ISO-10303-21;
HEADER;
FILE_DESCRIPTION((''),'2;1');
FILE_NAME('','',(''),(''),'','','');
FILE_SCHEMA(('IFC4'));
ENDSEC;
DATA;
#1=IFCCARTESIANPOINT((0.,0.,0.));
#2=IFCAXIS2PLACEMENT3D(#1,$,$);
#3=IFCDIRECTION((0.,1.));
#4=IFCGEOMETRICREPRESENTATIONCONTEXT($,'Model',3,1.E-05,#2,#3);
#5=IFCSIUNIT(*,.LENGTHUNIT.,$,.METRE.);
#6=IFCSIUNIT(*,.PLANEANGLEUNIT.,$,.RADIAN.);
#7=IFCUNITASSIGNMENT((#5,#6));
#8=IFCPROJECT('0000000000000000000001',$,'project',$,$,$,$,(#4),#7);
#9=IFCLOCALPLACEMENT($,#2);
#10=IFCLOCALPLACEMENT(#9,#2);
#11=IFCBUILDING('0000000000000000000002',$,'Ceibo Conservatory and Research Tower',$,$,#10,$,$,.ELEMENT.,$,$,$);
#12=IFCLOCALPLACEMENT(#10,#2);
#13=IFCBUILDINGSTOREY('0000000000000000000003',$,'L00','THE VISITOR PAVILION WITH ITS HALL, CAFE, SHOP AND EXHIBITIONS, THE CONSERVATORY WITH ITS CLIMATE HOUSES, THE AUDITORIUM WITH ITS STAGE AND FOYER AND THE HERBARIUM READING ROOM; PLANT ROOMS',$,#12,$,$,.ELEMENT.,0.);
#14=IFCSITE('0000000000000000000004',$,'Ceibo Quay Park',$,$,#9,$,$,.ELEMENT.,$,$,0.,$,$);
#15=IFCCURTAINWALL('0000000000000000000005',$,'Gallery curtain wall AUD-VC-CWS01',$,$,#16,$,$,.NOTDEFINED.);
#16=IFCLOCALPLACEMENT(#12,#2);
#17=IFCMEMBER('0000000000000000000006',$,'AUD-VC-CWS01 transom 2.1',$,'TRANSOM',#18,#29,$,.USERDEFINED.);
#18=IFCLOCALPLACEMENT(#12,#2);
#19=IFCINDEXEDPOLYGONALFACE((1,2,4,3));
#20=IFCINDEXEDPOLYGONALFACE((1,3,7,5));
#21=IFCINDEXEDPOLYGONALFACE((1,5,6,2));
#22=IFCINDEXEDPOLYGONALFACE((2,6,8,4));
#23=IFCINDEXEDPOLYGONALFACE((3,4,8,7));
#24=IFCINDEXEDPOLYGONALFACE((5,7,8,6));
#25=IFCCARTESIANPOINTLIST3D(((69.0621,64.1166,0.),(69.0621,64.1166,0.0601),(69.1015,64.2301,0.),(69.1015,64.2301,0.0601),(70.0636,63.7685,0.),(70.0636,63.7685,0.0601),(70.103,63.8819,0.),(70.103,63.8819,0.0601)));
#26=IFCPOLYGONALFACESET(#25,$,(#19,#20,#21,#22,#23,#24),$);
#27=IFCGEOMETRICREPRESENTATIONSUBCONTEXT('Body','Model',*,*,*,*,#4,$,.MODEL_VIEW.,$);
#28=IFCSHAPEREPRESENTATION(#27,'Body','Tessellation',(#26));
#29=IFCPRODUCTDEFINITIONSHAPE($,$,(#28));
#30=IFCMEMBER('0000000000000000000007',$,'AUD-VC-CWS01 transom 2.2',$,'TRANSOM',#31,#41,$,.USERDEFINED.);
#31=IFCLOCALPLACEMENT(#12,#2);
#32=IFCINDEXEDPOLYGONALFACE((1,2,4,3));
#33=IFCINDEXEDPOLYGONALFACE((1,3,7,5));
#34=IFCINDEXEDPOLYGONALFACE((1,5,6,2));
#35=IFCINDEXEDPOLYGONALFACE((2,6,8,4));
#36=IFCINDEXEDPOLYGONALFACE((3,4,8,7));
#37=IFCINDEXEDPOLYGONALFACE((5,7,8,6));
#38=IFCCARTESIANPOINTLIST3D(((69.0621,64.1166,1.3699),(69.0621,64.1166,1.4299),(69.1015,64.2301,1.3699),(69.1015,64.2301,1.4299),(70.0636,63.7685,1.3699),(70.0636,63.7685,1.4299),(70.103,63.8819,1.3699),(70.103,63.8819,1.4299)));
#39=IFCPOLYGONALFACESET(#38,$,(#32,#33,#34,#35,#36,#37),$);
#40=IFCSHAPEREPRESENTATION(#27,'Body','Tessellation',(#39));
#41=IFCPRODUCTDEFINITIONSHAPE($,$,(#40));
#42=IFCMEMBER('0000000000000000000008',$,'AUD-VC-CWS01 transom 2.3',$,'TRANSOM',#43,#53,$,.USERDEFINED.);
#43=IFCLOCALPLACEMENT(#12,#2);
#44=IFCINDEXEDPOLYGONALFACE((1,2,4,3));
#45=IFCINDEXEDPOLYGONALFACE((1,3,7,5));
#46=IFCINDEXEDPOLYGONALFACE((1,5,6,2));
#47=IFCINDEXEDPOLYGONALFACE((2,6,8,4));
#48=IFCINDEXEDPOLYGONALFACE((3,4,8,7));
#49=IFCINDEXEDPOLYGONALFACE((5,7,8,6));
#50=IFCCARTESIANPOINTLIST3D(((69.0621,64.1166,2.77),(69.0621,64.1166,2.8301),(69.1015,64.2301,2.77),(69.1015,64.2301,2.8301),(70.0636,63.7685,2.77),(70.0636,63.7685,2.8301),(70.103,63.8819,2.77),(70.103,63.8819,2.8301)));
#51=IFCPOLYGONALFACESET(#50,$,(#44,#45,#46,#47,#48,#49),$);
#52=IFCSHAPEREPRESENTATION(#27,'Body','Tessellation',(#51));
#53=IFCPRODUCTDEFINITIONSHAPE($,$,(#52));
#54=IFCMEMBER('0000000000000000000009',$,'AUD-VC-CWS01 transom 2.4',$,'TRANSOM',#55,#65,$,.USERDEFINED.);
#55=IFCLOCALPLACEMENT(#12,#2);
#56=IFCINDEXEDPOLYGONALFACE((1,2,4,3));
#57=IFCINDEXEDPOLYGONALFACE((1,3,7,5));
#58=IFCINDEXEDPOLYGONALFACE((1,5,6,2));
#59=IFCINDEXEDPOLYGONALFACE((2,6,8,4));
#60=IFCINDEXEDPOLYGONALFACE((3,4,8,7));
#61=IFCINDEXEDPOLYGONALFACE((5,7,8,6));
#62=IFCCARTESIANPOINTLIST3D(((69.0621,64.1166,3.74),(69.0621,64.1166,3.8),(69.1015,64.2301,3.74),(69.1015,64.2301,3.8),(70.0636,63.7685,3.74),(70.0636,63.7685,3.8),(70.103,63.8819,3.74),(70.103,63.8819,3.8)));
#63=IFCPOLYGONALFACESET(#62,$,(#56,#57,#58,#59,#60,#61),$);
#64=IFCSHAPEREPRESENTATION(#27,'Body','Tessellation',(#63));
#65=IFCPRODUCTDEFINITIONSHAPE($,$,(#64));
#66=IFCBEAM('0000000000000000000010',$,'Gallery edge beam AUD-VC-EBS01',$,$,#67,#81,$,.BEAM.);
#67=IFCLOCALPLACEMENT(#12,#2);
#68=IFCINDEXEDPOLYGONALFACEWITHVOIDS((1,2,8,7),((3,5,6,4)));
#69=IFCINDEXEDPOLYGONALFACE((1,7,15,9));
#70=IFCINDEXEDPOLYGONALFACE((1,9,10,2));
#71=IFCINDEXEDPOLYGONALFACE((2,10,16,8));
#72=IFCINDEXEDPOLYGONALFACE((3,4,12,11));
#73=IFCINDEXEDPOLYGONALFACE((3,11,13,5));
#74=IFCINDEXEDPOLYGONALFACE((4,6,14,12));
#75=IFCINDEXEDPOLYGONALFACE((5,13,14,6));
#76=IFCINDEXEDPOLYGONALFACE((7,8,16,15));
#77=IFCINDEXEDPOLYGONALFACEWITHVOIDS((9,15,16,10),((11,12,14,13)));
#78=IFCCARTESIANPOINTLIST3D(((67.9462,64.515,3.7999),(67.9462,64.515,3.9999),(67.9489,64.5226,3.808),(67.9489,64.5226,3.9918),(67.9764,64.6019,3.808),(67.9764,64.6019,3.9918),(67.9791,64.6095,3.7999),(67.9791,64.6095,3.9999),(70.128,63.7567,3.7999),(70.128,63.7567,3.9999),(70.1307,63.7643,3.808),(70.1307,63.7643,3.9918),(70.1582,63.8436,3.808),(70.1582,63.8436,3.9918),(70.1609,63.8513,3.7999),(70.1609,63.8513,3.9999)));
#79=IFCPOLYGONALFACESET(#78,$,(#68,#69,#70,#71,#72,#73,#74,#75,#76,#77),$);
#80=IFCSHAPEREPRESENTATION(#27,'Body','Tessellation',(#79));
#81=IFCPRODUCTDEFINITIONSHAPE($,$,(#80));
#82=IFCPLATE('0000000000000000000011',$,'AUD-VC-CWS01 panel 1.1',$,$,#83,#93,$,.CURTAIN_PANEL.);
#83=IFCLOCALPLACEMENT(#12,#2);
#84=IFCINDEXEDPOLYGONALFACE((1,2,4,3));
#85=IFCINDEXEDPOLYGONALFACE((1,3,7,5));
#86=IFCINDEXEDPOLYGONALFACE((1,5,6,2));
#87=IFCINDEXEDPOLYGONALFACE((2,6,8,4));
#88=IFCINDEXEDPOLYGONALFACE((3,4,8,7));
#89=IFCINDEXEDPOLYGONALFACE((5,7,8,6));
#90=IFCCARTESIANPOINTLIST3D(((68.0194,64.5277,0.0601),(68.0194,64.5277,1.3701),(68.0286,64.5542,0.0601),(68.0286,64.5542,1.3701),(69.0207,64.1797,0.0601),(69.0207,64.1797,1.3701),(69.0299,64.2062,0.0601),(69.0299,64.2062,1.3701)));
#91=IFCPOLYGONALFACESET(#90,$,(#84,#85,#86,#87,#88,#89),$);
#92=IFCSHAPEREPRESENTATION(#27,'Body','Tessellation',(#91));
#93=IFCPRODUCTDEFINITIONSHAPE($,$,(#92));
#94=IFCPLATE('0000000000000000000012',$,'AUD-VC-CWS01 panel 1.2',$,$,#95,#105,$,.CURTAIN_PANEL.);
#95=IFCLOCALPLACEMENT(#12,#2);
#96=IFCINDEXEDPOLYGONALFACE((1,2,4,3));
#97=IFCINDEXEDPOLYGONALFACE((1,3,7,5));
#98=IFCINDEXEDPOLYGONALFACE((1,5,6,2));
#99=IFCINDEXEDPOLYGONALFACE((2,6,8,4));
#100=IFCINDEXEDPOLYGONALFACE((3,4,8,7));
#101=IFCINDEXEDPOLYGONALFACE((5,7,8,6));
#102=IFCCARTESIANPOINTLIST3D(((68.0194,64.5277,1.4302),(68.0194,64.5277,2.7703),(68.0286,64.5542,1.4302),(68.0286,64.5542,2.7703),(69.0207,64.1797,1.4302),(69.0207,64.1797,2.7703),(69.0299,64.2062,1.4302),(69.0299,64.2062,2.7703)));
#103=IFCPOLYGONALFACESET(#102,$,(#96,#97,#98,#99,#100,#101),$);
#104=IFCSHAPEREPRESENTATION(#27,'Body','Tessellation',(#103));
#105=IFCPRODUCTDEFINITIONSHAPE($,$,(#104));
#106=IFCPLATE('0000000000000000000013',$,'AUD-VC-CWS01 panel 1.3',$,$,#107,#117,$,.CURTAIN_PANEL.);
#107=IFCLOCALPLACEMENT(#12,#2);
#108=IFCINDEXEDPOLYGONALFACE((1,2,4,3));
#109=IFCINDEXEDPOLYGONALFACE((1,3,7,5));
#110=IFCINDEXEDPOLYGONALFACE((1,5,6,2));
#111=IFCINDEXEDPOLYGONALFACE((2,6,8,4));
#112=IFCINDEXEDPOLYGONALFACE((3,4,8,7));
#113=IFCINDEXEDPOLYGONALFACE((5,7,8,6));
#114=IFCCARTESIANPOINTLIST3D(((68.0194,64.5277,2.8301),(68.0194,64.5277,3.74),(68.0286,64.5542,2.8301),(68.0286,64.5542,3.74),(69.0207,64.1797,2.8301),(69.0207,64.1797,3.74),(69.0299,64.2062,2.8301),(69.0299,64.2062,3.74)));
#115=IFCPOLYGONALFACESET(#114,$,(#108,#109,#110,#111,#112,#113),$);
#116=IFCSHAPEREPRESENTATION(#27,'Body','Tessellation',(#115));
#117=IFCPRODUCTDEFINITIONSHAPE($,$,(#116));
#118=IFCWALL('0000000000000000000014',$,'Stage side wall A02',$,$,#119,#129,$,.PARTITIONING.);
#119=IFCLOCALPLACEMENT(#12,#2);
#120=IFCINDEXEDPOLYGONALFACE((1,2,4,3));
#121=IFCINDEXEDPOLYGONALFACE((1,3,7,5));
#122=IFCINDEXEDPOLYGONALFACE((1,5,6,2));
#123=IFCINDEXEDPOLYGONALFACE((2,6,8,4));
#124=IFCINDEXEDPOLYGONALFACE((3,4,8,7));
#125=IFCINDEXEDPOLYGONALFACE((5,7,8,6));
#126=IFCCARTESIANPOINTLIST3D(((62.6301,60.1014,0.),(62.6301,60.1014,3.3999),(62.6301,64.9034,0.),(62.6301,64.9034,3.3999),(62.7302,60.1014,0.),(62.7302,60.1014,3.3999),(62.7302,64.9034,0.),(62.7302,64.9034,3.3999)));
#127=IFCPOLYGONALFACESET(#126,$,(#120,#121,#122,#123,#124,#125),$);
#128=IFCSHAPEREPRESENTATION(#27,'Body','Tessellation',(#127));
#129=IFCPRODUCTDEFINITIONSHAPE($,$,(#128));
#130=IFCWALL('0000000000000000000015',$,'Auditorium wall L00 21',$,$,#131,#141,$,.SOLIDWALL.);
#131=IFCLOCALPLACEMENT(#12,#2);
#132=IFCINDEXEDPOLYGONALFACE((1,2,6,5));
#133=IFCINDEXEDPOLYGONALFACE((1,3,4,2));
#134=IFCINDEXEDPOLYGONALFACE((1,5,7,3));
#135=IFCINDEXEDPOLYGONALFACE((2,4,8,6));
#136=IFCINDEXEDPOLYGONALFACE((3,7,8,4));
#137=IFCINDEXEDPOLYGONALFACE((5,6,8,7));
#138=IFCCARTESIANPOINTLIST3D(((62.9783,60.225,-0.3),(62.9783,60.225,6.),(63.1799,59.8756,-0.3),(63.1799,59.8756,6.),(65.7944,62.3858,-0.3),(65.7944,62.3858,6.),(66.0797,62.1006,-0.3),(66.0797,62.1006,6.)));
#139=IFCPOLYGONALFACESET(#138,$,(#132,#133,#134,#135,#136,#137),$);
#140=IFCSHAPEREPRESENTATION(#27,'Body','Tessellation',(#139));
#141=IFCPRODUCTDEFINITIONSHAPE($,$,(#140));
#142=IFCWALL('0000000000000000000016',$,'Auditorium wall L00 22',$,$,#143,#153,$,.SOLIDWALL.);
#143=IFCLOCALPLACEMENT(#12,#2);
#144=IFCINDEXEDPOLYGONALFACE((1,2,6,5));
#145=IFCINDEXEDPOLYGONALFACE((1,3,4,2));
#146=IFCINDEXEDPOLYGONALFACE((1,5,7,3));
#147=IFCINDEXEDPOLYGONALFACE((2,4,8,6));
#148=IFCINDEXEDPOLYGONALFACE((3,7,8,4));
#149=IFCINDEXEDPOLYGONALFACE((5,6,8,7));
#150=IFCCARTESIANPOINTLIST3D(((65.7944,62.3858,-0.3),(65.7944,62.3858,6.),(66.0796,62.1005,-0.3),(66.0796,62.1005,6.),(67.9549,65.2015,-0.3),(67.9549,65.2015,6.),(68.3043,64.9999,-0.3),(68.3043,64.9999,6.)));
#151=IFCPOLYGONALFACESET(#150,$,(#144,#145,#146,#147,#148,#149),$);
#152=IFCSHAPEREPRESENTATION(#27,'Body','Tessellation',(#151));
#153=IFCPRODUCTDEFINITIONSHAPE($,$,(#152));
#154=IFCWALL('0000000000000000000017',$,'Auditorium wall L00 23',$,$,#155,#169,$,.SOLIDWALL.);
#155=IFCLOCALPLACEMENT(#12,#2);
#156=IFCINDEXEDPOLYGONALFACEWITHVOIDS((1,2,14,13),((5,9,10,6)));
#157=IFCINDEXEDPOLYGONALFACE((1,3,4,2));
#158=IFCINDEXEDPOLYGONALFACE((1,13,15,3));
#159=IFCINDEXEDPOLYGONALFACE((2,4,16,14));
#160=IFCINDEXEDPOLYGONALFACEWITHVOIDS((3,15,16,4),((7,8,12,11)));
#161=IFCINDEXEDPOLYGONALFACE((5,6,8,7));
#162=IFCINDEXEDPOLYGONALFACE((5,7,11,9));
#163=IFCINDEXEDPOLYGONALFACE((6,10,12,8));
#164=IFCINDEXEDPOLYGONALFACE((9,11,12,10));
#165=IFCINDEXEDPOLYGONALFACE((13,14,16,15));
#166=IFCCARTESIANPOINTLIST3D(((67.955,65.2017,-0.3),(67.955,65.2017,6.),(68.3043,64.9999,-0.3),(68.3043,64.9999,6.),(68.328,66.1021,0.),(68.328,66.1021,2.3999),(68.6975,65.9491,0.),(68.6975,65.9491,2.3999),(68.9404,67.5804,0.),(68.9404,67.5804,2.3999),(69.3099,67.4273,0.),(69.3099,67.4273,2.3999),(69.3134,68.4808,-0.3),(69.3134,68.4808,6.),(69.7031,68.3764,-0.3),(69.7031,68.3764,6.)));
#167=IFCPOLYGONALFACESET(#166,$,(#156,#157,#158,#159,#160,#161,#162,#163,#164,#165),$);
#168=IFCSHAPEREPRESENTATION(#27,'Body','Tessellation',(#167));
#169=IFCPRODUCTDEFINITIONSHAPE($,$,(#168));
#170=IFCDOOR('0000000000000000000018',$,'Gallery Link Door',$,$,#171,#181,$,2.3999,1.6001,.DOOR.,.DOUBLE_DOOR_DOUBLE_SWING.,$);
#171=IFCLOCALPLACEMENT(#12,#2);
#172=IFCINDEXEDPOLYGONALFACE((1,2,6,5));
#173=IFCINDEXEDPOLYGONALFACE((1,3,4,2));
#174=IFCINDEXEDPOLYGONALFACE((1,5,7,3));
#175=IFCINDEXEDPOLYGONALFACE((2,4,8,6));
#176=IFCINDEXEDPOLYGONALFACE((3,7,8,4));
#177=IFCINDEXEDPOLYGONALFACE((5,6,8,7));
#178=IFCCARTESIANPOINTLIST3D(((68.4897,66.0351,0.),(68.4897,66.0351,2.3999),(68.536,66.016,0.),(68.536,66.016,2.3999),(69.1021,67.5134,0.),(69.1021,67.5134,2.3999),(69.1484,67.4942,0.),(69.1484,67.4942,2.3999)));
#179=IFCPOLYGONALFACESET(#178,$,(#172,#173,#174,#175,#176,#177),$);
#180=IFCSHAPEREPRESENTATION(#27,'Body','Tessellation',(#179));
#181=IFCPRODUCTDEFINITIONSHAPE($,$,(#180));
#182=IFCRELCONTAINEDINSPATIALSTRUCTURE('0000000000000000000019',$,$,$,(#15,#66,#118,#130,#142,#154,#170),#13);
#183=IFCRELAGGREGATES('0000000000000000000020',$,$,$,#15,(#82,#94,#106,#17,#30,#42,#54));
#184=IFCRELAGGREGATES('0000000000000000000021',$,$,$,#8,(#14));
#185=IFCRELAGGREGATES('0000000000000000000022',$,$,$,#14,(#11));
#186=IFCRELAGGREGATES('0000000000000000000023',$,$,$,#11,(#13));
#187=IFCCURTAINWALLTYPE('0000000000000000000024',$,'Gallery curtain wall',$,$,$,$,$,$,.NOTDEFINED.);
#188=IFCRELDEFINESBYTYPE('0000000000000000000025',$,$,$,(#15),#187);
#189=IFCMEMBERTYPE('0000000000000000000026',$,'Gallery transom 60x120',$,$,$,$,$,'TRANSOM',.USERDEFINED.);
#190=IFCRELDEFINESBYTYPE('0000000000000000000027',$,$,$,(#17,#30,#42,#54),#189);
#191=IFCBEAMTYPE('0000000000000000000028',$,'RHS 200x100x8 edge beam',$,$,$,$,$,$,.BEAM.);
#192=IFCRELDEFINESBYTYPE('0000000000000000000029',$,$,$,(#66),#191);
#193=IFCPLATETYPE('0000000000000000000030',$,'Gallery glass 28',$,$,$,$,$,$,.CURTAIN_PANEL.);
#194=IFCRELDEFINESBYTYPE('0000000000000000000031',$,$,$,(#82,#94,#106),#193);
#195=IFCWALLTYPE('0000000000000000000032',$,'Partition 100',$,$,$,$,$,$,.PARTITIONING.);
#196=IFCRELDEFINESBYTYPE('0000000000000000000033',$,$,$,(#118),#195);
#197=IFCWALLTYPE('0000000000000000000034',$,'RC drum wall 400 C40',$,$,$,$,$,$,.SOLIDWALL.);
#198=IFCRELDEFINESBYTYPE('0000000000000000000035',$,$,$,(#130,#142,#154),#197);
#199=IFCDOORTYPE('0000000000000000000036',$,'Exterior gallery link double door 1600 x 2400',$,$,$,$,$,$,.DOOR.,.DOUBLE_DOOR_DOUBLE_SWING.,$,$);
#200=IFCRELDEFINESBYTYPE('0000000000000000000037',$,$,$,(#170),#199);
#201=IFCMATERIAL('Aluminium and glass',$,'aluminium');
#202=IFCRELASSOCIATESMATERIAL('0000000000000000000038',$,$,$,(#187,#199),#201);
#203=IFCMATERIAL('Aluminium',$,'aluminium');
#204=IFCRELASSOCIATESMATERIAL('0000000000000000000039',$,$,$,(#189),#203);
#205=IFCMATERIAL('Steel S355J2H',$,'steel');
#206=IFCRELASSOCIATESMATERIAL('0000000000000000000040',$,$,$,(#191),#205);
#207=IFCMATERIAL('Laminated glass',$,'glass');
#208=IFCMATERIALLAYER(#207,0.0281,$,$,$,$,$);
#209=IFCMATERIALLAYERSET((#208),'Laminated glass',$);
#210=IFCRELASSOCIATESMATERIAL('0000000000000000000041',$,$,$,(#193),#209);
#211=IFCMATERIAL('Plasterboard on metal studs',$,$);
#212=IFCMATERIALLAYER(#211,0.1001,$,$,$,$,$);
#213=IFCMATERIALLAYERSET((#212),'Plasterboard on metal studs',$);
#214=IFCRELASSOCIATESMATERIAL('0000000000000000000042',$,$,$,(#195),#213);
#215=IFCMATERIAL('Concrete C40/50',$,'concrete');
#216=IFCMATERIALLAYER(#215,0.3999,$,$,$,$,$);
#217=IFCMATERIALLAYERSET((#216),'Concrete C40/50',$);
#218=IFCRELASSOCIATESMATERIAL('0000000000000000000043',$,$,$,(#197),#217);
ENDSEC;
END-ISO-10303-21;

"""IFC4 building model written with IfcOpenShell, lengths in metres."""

from ifc_helpers import new_model, si_unit, direction, frame, frame_2d, origin, origin_2d, place, context, subcontext, project, spatial, polyline, rectangle, hollow_rectangle, outline, extrude, material, layer, layer_set, material_profile, profile_set, type_object, element, fill, aggregate, save


model = new_model("IFC4")

# Units and contexts
model_context = context("Model", 3, precision=1e-05, world=origin(), true_north=direction((0.0, 1.0)))
body_context = subcontext(model_context, "Body", "Model", "MODEL_VIEW")
ifc_project = project(units=[si_unit("LENGTHUNIT", "METRE"), si_unit("PLANEANGLEUNIT", "RADIAN")], contexts=[model_context])

# Site, building, storey
site_placement = place(None, origin())
site = spatial("IfcSite", under=ifc_project, at=site_placement, Name="Ceibo Quay Park", CompositionType="ELEMENT", RefElevation=0.0)
building_placement = place(site_placement, origin())
building = spatial("IfcBuilding", under=site, at=building_placement, Name="Ceibo Conservatory and Research Tower", CompositionType="ELEMENT")
storey_placement = place(building_placement, origin())
storey = spatial("IfcBuildingStorey", under=building, at=storey_placement, Name="L00", Description="THE VISITOR PAVILION WITH ITS HALL, CAFE, SHOP AND EXHIBITIONS, THE CONSERVATORY WITH ITS CLIMATE HOUSES, THE AUDITORIUM WITH ITS STAGE AND FOYER AND THE HERBARIUM READING ROOM; PLANT ROOMS", CompositionType="ELEMENT", Elevation=0.0)

# Curtain wall, members
ifc_material_1 = material(Name="Aluminium and glass", Category="aluminium")
curtain_wall_type = type_object("IfcCurtainWallType", Name="Gallery curtain wall", PredefinedType="NOTDEFINED", material=ifc_material_1)
curtain_wall_placement = place(storey_placement, origin())
curtain_wall = element("IfcCurtainWall", 1, at=curtain_wall_placement, inside=storey, type_object=curtain_wall_type, Name="Gallery curtain wall AUD-VC-CWS01", PredefinedType="NOTDEFINED")
ifc_material_2 = material(Name="Aluminium", Category="aluminium")
ifc_material_profile_1 = material_profile(ifc_material_2, rectangle(XDim=0.1201, YDim=0.0601, at=origin_2d()), Name="AL 60x120")
ifc_profile_set_1 = profile_set([ifc_material_profile_1], Name="Aluminium")
member_type_1 = type_object("IfcMemberType", Name="Gallery transom 60x120", ElementType="TRANSOM", PredefinedType="USERDEFINED", material=ifc_profile_set_1)
member_1_placement = place(storey_placement, frame((69.0818, 64.1733, 0.03), z_axis=(0.944553, -0.32836, 0.0), x_axis=(0.32836, 0.944553, 0.0)))
member_1 = element("IfcMember", 2, at=member_1_placement, type_object=member_type_1, Name="AUD-VC-CWS01 transom 2.1", ObjectType="TRANSOM", PredefinedType="USERDEFINED", context=body_context, shape_type="SweptSolid", body=[
    extrude(rectangle(XDim=0.1201, YDim=0.0601, at=origin_2d()), origin(), (0.0, 0.0, 1.0), 1.0603),
])
member_2_placement = place(storey_placement, frame((69.0818, 64.1733, 1.3999), z_axis=(0.944553, -0.32836, 0.0), x_axis=(0.32836, 0.944553, 0.0)))
member_2 = element("IfcMember", 3, at=member_2_placement, type_object=member_type_1, Name="AUD-VC-CWS01 transom 2.2", ObjectType="TRANSOM", PredefinedType="USERDEFINED", context=body_context, shape_type="SweptSolid", body=[
    extrude(rectangle(XDim=0.1201, YDim=0.0601, at=origin_2d()), origin(), (0.0, 0.0, 1.0), 1.0603),
])
member_3_placement = place(storey_placement, frame((69.0818, 64.1733, 2.8), z_axis=(0.944553, -0.32836, 0.0), x_axis=(0.32836, 0.944553, 0.0)))
member_3 = element("IfcMember", 4, at=member_3_placement, type_object=member_type_1, Name="AUD-VC-CWS01 transom 2.3", ObjectType="TRANSOM", PredefinedType="USERDEFINED", context=body_context, shape_type="SweptSolid", body=[
    extrude(rectangle(XDim=0.1201, YDim=0.0601, at=origin_2d()), origin(), (0.0, 0.0, 1.0), 1.0603),
])
member_4_placement = place(storey_placement, frame((69.0818, 64.1733, 3.77), z_axis=(0.944553, -0.32836, 0.0), x_axis=(0.32836, 0.944553, 0.0)))
member_4 = element("IfcMember", 5, at=member_4_placement, type_object=member_type_1, Name="AUD-VC-CWS01 transom 2.4", ObjectType="TRANSOM", PredefinedType="USERDEFINED", context=body_context, shape_type="SweptSolid", body=[
    extrude(rectangle(XDim=0.1201, YDim=0.0601, at=origin_2d()), origin(), (0.0, 0.0, 1.0), 1.0603),
])

# Beam
ifc_material_3 = material(Name="Steel S355J2H", Category="steel")
ifc_material_profile_2 = material_profile(ifc_material_3, hollow_rectangle(XDim=0.1001, YDim=0.2, WallThickness=0.0081, at=origin_2d()), Name="RHS 200x100x8 edge beam")
ifc_profile_set_2 = profile_set([ifc_material_profile_2], Name="Steel S355J2H")
beam_type = type_object("IfcBeamType", Name="RHS 200x100x8 edge beam", PredefinedType="BEAM", material=ifc_profile_set_2)
beam_placement = place(storey_placement, frame((67.9626, 64.5623, 3.8999), z_axis=(0.944579, -0.328283, 0.0), x_axis=(0.328283, 0.944579, 0.0)))
element("IfcBeam", 6, at=beam_placement, inside=storey, type_object=beam_type, Name="Gallery edge beam AUD-VC-EBS01", PredefinedType="BEAM", context=body_context, shape_type="SweptSolid", body=[
    extrude(hollow_rectangle(XDim=0.1001, YDim=0.2, WallThickness=0.0081, at=origin_2d()), origin(), (0.0, 0.0, 1.0), 2.3098),
])

# Plates
ifc_material_4 = material(Name="Laminated glass", Category="glass")
ifc_layer_1 = layer(ifc_material_4, 0.0281)
ifc_layer_set_1 = layer_set([ifc_layer_1], Name="Laminated glass")
plate_type = type_object("IfcPlateType", Name="Gallery glass 28", PredefinedType="CURTAIN_PANEL", material=ifc_layer_set_1)
plate_1_placement = place(storey_placement, frame((68.5247, 64.3669, 0.0601), z_axis=(0.0, 0.0, 1.0), x_axis=(0.944579, -0.328284, 0.0)))
plate_1 = element("IfcPlate", 7, at=plate_1_placement, type_object=plate_type, Name="AUD-VC-CWS01 panel 1.1", PredefinedType="CURTAIN_PANEL", context=body_context, shape_type="SweptSolid", body=[
    extrude(rectangle(XDim=1.0601, YDim=0.0281, at=origin_2d()), origin(), (0.0, 0.0, 1.0), 1.3101),
])
plate_2_placement = place(storey_placement, frame((68.5247, 64.3669, 1.4302), z_axis=(0.0, 0.0, 1.0), x_axis=(0.944579, -0.328284, 0.0)))
plate_2 = element("IfcPlate", 8, at=plate_2_placement, type_object=plate_type, Name="AUD-VC-CWS01 panel 1.2", PredefinedType="CURTAIN_PANEL", context=body_context, shape_type="SweptSolid", body=[
    extrude(rectangle(XDim=1.0601, YDim=0.0281, at=origin_2d()), origin(), (0.0, 0.0, 1.0), 1.3401),
])
plate_3_placement = place(storey_placement, frame((68.5247, 64.3669, 2.8301), z_axis=(0.0, 0.0, 1.0), x_axis=(0.944579, -0.328284, 0.0)))
plate_3 = element("IfcPlate", 9, at=plate_3_placement, type_object=plate_type, Name="AUD-VC-CWS01 panel 1.3", PredefinedType="CURTAIN_PANEL", context=body_context, shape_type="SweptSolid", body=[
    extrude(rectangle(XDim=1.0601, YDim=0.0281, at=origin_2d()), origin(), (0.0, 0.0, 1.0), 0.9099),
])
aggregate(curtain_wall, [plate_1, plate_2, plate_3, member_1, member_2, member_3, member_4])

# Walls
ifc_material_5 = material(Name="Plasterboard on metal studs")
ifc_layer_2 = layer(ifc_material_5, 0.1001)
ifc_layer_set_2 = layer_set([ifc_layer_2], Name="Plasterboard on metal studs")
wall_type_1 = type_object("IfcWallType", Name="Partition 100", PredefinedType="PARTITIONING", material=ifc_layer_set_2)
wall_1_placement = place(storey_placement, frame((62.6802, 60.1016, 0.0), z_axis=(0.0, 0.0, 1.0), x_axis=(0.0, 1.0, 0.0)))
element("IfcWall", 10, at=wall_1_placement, inside=storey, type_object=wall_type_1, Name="Stage side wall A02", PredefinedType="PARTITIONING", context=body_context, shape_type="SweptSolid", body=[
    extrude(rectangle(XDim=4.802, YDim=0.1001, at=frame_2d((2.4009, 0.0))), origin(), (0.0, 0.0, 1.0), 3.3999),
])
ifc_material_6 = material(Name="Concrete C40/50", Category="concrete")
ifc_layer_3 = layer(ifc_material_6, 0.3999)
ifc_layer_set_3 = layer_set([ifc_layer_3], Name="Concrete C40/50")
wall_type_2 = type_object("IfcWallType", Name="RC drum wall 400 C40", PredefinedType="SOLIDWALL", material=ifc_layer_set_3)
wall_2_placement = place(storey_placement, frame((63.0791, 60.0503, -0.3), z_axis=(0.0, 0.0, 1.0), x_axis=(0.793364, 0.608747, 0.0)))
element("IfcWall", 11, at=wall_2_placement, inside=storey, type_object=wall_type_2, Name="Auditorium wall L00 21", PredefinedType="SOLIDWALL", context=body_context, shape_type="SweptSolid", body=[
    extrude(outline(polyline([(-0.0264, -0.2), (3.6287, -0.2), (3.5759, 0.2), (0.0264, 0.2), (-0.0264, -0.2)])), origin(), (0.0, 0.0, 1.0), 6.3),
])
wall_3_placement = place(storey_placement, frame((65.937, 62.2432, -0.3), z_axis=(0.0, 0.0, 1.0), x_axis=(0.608737, 0.793372, 0.0)))
element("IfcWall", 12, at=wall_3_placement, inside=storey, type_object=wall_type_2, Name="Auditorium wall L00 22", PredefinedType="SOLIDWALL", context=body_context, shape_type="SweptSolid", body=[
    extrude(outline(polyline([(-0.0264, -0.2), (3.6282, -0.2), (3.5754, 0.2), (0.0264, 0.2), (-0.0264, -0.2)])), origin(), (0.0, 0.0, 1.0), 6.3),
])

# Wall, opening, door
wall_4_placement = place(storey_placement, frame((68.1296, 65.1008, -0.3), z_axis=(0.0, 0.0, 1.0), x_axis=(0.382733, 0.923859, 0.0)))
wall_4 = element("IfcWall", 13, at=wall_4_placement, inside=storey, type_object=wall_type_2, Name="Auditorium wall L00 23", PredefinedType="SOLIDWALL", context=body_context, shape_type="SweptSolid", body=[
    extrude(outline(polyline([(-0.0264, -0.2), (3.6284, -0.2), (3.5757, 0.2), (0.0264, 0.2), (-0.0264, -0.2)])), origin(), (0.0, 0.0, 1.0), 6.3),
])
opening_placement = place(wall_4_placement, frame((1.001, 0.0, 0.3)))
opening = element("IfcOpeningElement", 14, at=opening_placement, cuts=wall_4, PredefinedType="OPENING", context=body_context, shape_type="SweptSolid", body=[
    extrude(rectangle(XDim=1.6001, YDim=2.3999, at=frame_2d((0.8, 1.2))), frame((0.0, 0.21, 0.0), z_axis=(0.0, -1.0, 0.0), x_axis=(1.0, 0.0, 0.0)), (0.0, 0.0, 1.0), 0.4199),
])
door_type = type_object("IfcDoorType", Name="Exterior gallery link double door 1600 x 2400", OperationType="DOUBLE_DOOR_DOUBLE_SWING", PredefinedType="DOOR", material=ifc_material_1)
door_placement = place(opening_placement, origin())
door = element("IfcDoor", 15, at=door_placement, inside=storey, type_object=door_type, Name="Gallery Link Door", OperationType="DOUBLE_DOOR_DOUBLE_SWING", OverallHeight=2.3999, OverallWidth=1.6001, PredefinedType="DOOR", context=body_context, shape_type="SweptSolid", body=[
    extrude(rectangle(XDim=1.6001, YDim=2.3999, at=frame_2d((0.8, 1.2))), frame((0.0, 0.0249, 0.0), z_axis=(0.0, -1.0, 0.0), x_axis=(1.0, 0.0, 0.0)), (0.0, 0.0, 1.0), 0.05),
])
fill(opening, door)

save(model, "model.ifc")
